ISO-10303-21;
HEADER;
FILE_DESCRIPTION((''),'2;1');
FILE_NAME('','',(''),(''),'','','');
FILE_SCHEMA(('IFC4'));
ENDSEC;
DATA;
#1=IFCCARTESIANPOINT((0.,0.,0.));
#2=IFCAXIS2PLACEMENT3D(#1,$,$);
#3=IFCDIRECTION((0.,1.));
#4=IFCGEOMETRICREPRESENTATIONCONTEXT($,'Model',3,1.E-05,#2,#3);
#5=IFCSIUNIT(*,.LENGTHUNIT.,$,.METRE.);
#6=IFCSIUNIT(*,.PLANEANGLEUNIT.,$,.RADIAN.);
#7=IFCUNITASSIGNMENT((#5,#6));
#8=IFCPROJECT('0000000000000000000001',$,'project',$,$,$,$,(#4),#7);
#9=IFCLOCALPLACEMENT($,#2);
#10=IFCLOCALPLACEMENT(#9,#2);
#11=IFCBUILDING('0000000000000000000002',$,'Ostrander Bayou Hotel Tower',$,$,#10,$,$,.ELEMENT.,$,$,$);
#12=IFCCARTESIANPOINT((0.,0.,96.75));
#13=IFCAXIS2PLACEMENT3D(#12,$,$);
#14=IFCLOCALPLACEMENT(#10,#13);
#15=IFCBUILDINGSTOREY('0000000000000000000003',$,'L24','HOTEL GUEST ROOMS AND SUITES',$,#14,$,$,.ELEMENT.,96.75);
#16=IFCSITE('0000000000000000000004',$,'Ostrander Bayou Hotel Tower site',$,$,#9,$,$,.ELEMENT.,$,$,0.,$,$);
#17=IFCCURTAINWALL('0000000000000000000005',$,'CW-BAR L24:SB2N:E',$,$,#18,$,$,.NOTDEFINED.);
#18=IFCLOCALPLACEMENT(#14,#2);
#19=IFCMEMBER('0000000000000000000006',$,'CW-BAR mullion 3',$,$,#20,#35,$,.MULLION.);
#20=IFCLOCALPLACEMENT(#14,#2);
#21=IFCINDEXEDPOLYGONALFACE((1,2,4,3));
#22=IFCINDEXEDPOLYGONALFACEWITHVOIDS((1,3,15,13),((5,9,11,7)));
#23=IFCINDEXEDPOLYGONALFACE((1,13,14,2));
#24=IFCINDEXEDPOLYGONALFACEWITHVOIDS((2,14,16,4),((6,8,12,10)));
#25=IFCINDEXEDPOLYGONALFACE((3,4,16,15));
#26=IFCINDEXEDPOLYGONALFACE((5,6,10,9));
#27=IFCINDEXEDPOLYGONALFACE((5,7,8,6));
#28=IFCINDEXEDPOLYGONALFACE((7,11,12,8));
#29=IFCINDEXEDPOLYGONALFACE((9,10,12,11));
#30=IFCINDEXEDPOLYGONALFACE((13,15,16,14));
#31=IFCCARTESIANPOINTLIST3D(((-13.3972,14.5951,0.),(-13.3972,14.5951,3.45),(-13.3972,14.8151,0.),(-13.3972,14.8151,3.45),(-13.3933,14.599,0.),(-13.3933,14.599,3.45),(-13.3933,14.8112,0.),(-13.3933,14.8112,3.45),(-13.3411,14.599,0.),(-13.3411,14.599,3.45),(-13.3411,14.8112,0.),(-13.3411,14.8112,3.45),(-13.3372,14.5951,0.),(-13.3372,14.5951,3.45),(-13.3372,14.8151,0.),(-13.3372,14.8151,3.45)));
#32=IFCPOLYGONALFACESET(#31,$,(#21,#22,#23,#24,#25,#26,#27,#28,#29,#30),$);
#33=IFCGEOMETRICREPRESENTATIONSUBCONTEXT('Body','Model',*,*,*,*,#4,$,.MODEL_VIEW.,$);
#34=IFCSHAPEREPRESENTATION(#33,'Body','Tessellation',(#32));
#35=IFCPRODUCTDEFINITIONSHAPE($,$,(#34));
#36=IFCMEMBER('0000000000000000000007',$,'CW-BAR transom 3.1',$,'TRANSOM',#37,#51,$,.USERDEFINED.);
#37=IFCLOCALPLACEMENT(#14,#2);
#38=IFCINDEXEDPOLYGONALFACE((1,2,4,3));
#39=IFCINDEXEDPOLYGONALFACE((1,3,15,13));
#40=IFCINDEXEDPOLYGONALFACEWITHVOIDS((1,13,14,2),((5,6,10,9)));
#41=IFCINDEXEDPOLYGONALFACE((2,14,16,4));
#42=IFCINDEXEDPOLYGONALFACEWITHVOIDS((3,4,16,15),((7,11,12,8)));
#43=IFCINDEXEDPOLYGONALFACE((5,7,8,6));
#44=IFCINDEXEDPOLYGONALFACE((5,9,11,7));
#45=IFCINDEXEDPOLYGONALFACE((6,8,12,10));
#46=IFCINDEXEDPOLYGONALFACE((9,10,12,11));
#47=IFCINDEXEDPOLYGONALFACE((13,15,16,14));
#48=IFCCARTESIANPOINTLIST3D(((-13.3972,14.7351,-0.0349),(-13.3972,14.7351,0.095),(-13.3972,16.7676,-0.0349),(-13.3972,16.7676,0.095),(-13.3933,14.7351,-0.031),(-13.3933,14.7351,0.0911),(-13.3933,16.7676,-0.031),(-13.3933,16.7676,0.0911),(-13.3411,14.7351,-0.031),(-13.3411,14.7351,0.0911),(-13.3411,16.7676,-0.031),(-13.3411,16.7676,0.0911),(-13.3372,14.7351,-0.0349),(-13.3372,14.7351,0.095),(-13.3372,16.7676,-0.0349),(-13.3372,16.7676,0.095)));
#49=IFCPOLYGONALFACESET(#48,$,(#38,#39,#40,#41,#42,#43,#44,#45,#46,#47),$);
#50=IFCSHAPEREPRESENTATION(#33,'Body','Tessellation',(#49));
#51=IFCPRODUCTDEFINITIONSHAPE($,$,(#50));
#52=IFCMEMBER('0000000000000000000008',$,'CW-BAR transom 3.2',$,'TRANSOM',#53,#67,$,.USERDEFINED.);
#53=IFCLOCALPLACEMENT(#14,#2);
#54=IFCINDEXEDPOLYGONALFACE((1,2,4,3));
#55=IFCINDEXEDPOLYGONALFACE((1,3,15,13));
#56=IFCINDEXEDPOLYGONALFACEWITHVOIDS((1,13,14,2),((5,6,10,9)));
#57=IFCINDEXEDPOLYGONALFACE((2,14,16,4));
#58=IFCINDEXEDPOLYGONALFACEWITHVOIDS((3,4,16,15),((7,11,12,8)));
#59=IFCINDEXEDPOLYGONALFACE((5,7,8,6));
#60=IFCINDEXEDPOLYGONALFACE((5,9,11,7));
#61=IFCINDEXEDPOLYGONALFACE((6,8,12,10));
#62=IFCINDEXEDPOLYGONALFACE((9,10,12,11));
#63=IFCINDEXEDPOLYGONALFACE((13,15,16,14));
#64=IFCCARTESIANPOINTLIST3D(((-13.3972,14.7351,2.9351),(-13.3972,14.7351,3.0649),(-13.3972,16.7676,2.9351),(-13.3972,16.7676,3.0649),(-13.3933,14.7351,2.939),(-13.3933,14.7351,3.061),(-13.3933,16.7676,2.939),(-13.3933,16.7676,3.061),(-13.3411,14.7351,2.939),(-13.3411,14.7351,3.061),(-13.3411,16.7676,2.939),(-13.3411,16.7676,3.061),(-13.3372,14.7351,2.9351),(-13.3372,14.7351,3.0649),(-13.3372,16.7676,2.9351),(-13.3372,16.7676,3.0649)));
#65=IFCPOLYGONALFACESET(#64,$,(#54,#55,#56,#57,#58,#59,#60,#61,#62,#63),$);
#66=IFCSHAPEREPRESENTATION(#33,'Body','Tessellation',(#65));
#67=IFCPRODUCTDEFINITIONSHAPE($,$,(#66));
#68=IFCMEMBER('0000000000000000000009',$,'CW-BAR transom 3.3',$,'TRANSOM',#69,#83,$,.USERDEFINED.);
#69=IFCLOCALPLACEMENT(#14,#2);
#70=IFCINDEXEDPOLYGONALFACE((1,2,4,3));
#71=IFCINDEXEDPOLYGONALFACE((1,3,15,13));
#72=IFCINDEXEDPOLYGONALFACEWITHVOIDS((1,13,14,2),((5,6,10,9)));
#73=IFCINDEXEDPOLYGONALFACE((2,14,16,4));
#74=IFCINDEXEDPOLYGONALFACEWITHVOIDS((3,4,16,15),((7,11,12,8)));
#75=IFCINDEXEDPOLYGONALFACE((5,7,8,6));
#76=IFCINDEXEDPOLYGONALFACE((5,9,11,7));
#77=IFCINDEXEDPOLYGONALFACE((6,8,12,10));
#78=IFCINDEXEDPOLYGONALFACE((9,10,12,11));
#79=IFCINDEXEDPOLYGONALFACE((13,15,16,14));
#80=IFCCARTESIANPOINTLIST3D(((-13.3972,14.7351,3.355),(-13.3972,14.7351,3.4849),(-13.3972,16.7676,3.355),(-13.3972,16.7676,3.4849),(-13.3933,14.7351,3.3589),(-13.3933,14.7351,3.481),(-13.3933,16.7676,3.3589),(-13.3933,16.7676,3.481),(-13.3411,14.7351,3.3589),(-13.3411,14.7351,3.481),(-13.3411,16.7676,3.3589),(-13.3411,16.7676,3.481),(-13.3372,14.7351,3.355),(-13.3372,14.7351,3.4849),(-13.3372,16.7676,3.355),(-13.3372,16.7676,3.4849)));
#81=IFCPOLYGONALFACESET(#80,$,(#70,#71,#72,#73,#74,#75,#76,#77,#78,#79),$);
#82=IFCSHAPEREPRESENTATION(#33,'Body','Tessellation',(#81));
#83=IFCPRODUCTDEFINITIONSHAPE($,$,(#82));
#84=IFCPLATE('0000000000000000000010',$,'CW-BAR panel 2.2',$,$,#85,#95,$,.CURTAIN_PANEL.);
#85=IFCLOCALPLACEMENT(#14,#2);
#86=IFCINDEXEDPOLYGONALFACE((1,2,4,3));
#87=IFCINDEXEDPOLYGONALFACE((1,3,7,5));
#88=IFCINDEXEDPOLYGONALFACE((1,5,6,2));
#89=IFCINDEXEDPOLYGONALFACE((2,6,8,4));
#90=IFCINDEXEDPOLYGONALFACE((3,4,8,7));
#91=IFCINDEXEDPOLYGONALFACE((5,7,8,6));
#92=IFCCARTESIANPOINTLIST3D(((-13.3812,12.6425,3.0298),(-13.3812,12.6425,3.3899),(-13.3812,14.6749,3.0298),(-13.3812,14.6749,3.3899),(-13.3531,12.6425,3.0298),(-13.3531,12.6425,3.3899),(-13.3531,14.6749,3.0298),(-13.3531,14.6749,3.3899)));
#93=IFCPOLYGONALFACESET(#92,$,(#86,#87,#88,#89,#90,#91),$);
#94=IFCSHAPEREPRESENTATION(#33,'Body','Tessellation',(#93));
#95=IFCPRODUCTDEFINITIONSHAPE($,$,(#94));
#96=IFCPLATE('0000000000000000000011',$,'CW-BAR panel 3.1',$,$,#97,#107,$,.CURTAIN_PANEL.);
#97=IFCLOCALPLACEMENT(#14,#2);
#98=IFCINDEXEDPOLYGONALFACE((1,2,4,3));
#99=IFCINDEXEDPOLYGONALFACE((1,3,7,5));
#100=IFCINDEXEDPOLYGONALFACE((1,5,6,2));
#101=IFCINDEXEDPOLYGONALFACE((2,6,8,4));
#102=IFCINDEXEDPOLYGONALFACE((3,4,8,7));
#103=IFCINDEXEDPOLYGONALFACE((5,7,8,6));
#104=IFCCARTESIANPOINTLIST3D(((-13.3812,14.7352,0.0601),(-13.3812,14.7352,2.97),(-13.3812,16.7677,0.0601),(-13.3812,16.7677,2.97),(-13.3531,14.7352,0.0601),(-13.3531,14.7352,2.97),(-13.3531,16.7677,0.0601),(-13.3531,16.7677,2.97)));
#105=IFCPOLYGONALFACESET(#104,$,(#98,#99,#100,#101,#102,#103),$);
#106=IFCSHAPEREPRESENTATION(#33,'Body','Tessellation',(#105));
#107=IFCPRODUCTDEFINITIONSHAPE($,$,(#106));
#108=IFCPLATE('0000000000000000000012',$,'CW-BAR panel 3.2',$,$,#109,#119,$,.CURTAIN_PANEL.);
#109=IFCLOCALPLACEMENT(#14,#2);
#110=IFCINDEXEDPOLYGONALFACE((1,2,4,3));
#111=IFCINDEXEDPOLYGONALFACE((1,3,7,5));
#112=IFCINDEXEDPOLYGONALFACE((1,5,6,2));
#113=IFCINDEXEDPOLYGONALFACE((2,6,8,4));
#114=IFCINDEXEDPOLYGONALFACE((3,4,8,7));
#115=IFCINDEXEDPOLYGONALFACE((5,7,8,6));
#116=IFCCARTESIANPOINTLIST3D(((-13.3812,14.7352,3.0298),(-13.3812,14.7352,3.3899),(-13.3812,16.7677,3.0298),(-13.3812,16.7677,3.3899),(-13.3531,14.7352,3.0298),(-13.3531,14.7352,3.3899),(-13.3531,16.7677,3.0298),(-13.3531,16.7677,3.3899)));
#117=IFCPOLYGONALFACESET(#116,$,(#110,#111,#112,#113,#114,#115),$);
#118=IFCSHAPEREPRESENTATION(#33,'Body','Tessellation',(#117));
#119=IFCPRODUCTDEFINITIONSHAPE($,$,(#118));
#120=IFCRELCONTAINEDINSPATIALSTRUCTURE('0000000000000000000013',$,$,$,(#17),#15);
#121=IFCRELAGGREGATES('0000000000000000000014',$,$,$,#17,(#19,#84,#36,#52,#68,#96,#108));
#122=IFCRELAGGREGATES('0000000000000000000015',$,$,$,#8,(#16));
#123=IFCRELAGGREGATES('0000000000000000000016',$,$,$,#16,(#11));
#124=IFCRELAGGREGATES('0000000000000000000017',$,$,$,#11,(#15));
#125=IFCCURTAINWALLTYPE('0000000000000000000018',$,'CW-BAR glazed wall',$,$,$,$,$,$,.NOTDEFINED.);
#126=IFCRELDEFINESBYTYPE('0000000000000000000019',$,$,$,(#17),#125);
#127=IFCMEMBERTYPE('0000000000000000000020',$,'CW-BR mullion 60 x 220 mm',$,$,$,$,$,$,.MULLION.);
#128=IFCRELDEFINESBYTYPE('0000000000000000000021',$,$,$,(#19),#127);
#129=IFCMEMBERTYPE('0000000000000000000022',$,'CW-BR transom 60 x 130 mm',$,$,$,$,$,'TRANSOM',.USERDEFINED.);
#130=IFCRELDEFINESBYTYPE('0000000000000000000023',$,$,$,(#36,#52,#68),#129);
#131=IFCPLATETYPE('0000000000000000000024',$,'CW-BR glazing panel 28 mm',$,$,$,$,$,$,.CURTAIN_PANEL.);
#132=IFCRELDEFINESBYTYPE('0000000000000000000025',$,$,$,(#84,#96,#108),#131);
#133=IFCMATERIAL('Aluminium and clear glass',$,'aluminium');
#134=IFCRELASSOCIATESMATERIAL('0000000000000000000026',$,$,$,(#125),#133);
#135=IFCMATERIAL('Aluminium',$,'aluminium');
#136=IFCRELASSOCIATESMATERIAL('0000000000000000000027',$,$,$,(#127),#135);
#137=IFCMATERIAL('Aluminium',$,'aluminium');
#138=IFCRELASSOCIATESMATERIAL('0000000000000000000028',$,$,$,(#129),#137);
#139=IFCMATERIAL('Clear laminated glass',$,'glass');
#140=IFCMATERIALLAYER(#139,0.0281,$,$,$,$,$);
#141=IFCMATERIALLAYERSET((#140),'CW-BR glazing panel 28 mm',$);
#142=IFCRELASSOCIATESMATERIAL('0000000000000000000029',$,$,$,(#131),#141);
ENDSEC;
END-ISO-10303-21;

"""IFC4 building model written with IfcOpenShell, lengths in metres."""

from ifc_helpers import new_model, si_unit, direction, frame, origin, origin_2d, place, context, subcontext, project, spatial, rectangle, hollow_rectangle, extrude, material, layer, layer_set, material_profile, profile_set, type_object, element, aggregate, save


model = new_model("IFC4")

# Units and contexts
model_context = context("Model", 3, precision=1e-05, world=origin(), true_north=direction((0.0, 1.0)))
body_context = subcontext(model_context, "Body", "Model", "MODEL_VIEW")
ifc_project = project(units=[si_unit("LENGTHUNIT", "METRE"), si_unit("PLANEANGLEUNIT", "RADIAN")], contexts=[model_context])

# Site, building, storey
site_placement = place(None, origin())
site = spatial("IfcSite", under=ifc_project, at=site_placement, Name="Ostrander Bayou Hotel Tower site", CompositionType="ELEMENT", RefElevation=0.0)
building_placement = place(site_placement, origin())
building = spatial("IfcBuilding", under=site, at=building_placement, Name="Ostrander Bayou Hotel Tower", CompositionType="ELEMENT")
storey_placement = place(building_placement, frame((0.0, 0.0, 96.75)))
storey = spatial("IfcBuildingStorey", under=building, at=storey_placement, Name="L24", Description="HOTEL GUEST ROOMS AND SUITES", CompositionType="ELEMENT", Elevation=96.75)

# Curtain wall, members, plates
ifc_material_1 = material(Name="Aluminium and clear glass", Category="aluminium")
curtain_wall_type = type_object("IfcCurtainWallType", Name="CW-BAR glazed wall", PredefinedType="NOTDEFINED", material=ifc_material_1)
curtain_wall_placement = place(storey_placement, origin())
curtain_wall = element("IfcCurtainWall", 1, at=curtain_wall_placement, inside=storey, type_object=curtain_wall_type, Name="CW-BAR L24:SB2N:E", PredefinedType="NOTDEFINED")
ifc_material_2 = material(Name="Aluminium", Category="aluminium")
ifc_material_profile_1 = material_profile(ifc_material_2, hollow_rectangle(XDim=0.0601, YDim=0.22, WallThickness=0.0039, at=origin_2d()))
ifc_profile_set_1 = profile_set([ifc_material_profile_1], Name="Aluminium")
member_type_1 = type_object("IfcMemberType", Name="CW-BR mullion 60 x 220 mm", PredefinedType="MULLION", material=ifc_profile_set_1)
member_1_placement = place(storey_placement, frame((-13.3672, 14.7051, 0.0), z_axis=(0.0, 0.0, 1.0), x_axis=(-1.0, 0.0, 0.0)))
member_1 = element("IfcMember", 2, at=member_1_placement, type_object=member_type_1, Name="CW-BAR mullion 3", PredefinedType="MULLION", context=body_context, shape_type="SweptSolid", body=[
    extrude(hollow_rectangle(XDim=0.0601, YDim=0.22, WallThickness=0.0039, at=origin_2d()), origin(), (0.0, 0.0, 1.0), 3.45),
])
ifc_material_3 = material(Name="Aluminium", Category="aluminium")
ifc_material_profile_2 = material_profile(ifc_material_3, hollow_rectangle(XDim=0.0601, YDim=0.1299, WallThickness=0.0039, at=origin_2d()))
ifc_profile_set_2 = profile_set([ifc_material_profile_2], Name="Aluminium")
member_type_2 = type_object("IfcMemberType", Name="CW-BR transom 60 x 130 mm", ElementType="TRANSOM", PredefinedType="USERDEFINED", material=ifc_profile_set_2)
member_2_placement = place(storey_placement, frame((-13.3672, 14.7351, 0.03), z_axis=(0.0, 1.0, 0.0), x_axis=(-1.0, 0.0, 0.0)))
member_2 = element("IfcMember", 3, at=member_2_placement, type_object=member_type_2, Name="CW-BAR transom 3.1", ObjectType="TRANSOM", PredefinedType="USERDEFINED", context=body_context, shape_type="SweptSolid", body=[
    extrude(hollow_rectangle(XDim=0.0601, YDim=0.1299, WallThickness=0.0039, at=origin_2d()), origin(), (0.0, 0.0, 1.0), 2.0325),
])
member_3_placement = place(storey_placement, frame((-13.3672, 14.7351, 3.0), z_axis=(0.0, 1.0, 0.0), x_axis=(-1.0, 0.0, 0.0)))
member_3 = element("IfcMember", 4, at=member_3_placement, type_object=member_type_2, Name="CW-BAR transom 3.2", ObjectType="TRANSOM", PredefinedType="USERDEFINED", context=body_context, shape_type="SweptSolid", body=[
    extrude(hollow_rectangle(XDim=0.0601, YDim=0.1299, WallThickness=0.0039, at=origin_2d()), origin(), (0.0, 0.0, 1.0), 2.0325),
])
member_4_placement = place(storey_placement, frame((-13.3672, 14.7351, 3.4199), z_axis=(0.0, 1.0, 0.0), x_axis=(-1.0, 0.0, 0.0)))
member_4 = element("IfcMember", 5, at=member_4_placement, type_object=member_type_2, Name="CW-BAR transom 3.3", ObjectType="TRANSOM", PredefinedType="USERDEFINED", context=body_context, shape_type="SweptSolid", body=[
    extrude(hollow_rectangle(XDim=0.0601, YDim=0.1299, WallThickness=0.0039, at=origin_2d()), origin(), (0.0, 0.0, 1.0), 2.0325),
])
ifc_material_4 = material(Name="Clear laminated glass", Category="glass")
ifc_layer_1 = layer(ifc_material_4, 0.0281)
ifc_layer_set_1 = layer_set([ifc_layer_1], Name="CW-BR glazing panel 28 mm")
plate_type = type_object("IfcPlateType", Name="CW-BR glazing panel 28 mm", PredefinedType="CURTAIN_PANEL", material=ifc_layer_set_1)
plate_1_placement = place(storey_placement, frame((-13.3672, 13.6587, 3.0298), z_axis=(0.0, 0.0, 1.0), x_axis=(0.0, 1.0, 0.0)))
plate_1 = element("IfcPlate", 6, at=plate_1_placement, type_object=plate_type, Name="CW-BAR panel 2.2", PredefinedType="CURTAIN_PANEL", context=body_context, shape_type="SweptSolid", body=[
    extrude(rectangle(XDim=2.0325, YDim=0.0281, at=origin_2d()), origin(), (0.0, 0.0, 1.0), 0.3601),
])
plate_2_placement = place(storey_placement, frame((-13.3672, 15.7515, 0.0601), z_axis=(0.0, 0.0, 1.0), x_axis=(0.0, 1.0, 0.0)))
plate_2 = element("IfcPlate", 7, at=plate_2_placement, type_object=plate_type, Name="CW-BAR panel 3.1", PredefinedType="CURTAIN_PANEL", context=body_context, shape_type="SweptSolid", body=[
    extrude(rectangle(XDim=2.0325, YDim=0.0281, at=origin_2d()), origin(), (0.0, 0.0, 1.0), 2.9099),
])
plate_3_placement = place(storey_placement, frame((-13.3672, 15.7515, 3.0298), z_axis=(0.0, 0.0, 1.0), x_axis=(0.0, 1.0, 0.0)))
plate_3 = element("IfcPlate", 8, at=plate_3_placement, type_object=plate_type, Name="CW-BAR panel 3.2", PredefinedType="CURTAIN_PANEL", context=body_context, shape_type="SweptSolid", body=[
    extrude(rectangle(XDim=2.0325, YDim=0.0281, at=origin_2d()), origin(), (0.0, 0.0, 1.0), 0.3601),
])
aggregate(curtain_wall, [member_1, plate_1, member_2, member_3, member_4, plate_2, plate_3])

save(model, "model.ifc")
